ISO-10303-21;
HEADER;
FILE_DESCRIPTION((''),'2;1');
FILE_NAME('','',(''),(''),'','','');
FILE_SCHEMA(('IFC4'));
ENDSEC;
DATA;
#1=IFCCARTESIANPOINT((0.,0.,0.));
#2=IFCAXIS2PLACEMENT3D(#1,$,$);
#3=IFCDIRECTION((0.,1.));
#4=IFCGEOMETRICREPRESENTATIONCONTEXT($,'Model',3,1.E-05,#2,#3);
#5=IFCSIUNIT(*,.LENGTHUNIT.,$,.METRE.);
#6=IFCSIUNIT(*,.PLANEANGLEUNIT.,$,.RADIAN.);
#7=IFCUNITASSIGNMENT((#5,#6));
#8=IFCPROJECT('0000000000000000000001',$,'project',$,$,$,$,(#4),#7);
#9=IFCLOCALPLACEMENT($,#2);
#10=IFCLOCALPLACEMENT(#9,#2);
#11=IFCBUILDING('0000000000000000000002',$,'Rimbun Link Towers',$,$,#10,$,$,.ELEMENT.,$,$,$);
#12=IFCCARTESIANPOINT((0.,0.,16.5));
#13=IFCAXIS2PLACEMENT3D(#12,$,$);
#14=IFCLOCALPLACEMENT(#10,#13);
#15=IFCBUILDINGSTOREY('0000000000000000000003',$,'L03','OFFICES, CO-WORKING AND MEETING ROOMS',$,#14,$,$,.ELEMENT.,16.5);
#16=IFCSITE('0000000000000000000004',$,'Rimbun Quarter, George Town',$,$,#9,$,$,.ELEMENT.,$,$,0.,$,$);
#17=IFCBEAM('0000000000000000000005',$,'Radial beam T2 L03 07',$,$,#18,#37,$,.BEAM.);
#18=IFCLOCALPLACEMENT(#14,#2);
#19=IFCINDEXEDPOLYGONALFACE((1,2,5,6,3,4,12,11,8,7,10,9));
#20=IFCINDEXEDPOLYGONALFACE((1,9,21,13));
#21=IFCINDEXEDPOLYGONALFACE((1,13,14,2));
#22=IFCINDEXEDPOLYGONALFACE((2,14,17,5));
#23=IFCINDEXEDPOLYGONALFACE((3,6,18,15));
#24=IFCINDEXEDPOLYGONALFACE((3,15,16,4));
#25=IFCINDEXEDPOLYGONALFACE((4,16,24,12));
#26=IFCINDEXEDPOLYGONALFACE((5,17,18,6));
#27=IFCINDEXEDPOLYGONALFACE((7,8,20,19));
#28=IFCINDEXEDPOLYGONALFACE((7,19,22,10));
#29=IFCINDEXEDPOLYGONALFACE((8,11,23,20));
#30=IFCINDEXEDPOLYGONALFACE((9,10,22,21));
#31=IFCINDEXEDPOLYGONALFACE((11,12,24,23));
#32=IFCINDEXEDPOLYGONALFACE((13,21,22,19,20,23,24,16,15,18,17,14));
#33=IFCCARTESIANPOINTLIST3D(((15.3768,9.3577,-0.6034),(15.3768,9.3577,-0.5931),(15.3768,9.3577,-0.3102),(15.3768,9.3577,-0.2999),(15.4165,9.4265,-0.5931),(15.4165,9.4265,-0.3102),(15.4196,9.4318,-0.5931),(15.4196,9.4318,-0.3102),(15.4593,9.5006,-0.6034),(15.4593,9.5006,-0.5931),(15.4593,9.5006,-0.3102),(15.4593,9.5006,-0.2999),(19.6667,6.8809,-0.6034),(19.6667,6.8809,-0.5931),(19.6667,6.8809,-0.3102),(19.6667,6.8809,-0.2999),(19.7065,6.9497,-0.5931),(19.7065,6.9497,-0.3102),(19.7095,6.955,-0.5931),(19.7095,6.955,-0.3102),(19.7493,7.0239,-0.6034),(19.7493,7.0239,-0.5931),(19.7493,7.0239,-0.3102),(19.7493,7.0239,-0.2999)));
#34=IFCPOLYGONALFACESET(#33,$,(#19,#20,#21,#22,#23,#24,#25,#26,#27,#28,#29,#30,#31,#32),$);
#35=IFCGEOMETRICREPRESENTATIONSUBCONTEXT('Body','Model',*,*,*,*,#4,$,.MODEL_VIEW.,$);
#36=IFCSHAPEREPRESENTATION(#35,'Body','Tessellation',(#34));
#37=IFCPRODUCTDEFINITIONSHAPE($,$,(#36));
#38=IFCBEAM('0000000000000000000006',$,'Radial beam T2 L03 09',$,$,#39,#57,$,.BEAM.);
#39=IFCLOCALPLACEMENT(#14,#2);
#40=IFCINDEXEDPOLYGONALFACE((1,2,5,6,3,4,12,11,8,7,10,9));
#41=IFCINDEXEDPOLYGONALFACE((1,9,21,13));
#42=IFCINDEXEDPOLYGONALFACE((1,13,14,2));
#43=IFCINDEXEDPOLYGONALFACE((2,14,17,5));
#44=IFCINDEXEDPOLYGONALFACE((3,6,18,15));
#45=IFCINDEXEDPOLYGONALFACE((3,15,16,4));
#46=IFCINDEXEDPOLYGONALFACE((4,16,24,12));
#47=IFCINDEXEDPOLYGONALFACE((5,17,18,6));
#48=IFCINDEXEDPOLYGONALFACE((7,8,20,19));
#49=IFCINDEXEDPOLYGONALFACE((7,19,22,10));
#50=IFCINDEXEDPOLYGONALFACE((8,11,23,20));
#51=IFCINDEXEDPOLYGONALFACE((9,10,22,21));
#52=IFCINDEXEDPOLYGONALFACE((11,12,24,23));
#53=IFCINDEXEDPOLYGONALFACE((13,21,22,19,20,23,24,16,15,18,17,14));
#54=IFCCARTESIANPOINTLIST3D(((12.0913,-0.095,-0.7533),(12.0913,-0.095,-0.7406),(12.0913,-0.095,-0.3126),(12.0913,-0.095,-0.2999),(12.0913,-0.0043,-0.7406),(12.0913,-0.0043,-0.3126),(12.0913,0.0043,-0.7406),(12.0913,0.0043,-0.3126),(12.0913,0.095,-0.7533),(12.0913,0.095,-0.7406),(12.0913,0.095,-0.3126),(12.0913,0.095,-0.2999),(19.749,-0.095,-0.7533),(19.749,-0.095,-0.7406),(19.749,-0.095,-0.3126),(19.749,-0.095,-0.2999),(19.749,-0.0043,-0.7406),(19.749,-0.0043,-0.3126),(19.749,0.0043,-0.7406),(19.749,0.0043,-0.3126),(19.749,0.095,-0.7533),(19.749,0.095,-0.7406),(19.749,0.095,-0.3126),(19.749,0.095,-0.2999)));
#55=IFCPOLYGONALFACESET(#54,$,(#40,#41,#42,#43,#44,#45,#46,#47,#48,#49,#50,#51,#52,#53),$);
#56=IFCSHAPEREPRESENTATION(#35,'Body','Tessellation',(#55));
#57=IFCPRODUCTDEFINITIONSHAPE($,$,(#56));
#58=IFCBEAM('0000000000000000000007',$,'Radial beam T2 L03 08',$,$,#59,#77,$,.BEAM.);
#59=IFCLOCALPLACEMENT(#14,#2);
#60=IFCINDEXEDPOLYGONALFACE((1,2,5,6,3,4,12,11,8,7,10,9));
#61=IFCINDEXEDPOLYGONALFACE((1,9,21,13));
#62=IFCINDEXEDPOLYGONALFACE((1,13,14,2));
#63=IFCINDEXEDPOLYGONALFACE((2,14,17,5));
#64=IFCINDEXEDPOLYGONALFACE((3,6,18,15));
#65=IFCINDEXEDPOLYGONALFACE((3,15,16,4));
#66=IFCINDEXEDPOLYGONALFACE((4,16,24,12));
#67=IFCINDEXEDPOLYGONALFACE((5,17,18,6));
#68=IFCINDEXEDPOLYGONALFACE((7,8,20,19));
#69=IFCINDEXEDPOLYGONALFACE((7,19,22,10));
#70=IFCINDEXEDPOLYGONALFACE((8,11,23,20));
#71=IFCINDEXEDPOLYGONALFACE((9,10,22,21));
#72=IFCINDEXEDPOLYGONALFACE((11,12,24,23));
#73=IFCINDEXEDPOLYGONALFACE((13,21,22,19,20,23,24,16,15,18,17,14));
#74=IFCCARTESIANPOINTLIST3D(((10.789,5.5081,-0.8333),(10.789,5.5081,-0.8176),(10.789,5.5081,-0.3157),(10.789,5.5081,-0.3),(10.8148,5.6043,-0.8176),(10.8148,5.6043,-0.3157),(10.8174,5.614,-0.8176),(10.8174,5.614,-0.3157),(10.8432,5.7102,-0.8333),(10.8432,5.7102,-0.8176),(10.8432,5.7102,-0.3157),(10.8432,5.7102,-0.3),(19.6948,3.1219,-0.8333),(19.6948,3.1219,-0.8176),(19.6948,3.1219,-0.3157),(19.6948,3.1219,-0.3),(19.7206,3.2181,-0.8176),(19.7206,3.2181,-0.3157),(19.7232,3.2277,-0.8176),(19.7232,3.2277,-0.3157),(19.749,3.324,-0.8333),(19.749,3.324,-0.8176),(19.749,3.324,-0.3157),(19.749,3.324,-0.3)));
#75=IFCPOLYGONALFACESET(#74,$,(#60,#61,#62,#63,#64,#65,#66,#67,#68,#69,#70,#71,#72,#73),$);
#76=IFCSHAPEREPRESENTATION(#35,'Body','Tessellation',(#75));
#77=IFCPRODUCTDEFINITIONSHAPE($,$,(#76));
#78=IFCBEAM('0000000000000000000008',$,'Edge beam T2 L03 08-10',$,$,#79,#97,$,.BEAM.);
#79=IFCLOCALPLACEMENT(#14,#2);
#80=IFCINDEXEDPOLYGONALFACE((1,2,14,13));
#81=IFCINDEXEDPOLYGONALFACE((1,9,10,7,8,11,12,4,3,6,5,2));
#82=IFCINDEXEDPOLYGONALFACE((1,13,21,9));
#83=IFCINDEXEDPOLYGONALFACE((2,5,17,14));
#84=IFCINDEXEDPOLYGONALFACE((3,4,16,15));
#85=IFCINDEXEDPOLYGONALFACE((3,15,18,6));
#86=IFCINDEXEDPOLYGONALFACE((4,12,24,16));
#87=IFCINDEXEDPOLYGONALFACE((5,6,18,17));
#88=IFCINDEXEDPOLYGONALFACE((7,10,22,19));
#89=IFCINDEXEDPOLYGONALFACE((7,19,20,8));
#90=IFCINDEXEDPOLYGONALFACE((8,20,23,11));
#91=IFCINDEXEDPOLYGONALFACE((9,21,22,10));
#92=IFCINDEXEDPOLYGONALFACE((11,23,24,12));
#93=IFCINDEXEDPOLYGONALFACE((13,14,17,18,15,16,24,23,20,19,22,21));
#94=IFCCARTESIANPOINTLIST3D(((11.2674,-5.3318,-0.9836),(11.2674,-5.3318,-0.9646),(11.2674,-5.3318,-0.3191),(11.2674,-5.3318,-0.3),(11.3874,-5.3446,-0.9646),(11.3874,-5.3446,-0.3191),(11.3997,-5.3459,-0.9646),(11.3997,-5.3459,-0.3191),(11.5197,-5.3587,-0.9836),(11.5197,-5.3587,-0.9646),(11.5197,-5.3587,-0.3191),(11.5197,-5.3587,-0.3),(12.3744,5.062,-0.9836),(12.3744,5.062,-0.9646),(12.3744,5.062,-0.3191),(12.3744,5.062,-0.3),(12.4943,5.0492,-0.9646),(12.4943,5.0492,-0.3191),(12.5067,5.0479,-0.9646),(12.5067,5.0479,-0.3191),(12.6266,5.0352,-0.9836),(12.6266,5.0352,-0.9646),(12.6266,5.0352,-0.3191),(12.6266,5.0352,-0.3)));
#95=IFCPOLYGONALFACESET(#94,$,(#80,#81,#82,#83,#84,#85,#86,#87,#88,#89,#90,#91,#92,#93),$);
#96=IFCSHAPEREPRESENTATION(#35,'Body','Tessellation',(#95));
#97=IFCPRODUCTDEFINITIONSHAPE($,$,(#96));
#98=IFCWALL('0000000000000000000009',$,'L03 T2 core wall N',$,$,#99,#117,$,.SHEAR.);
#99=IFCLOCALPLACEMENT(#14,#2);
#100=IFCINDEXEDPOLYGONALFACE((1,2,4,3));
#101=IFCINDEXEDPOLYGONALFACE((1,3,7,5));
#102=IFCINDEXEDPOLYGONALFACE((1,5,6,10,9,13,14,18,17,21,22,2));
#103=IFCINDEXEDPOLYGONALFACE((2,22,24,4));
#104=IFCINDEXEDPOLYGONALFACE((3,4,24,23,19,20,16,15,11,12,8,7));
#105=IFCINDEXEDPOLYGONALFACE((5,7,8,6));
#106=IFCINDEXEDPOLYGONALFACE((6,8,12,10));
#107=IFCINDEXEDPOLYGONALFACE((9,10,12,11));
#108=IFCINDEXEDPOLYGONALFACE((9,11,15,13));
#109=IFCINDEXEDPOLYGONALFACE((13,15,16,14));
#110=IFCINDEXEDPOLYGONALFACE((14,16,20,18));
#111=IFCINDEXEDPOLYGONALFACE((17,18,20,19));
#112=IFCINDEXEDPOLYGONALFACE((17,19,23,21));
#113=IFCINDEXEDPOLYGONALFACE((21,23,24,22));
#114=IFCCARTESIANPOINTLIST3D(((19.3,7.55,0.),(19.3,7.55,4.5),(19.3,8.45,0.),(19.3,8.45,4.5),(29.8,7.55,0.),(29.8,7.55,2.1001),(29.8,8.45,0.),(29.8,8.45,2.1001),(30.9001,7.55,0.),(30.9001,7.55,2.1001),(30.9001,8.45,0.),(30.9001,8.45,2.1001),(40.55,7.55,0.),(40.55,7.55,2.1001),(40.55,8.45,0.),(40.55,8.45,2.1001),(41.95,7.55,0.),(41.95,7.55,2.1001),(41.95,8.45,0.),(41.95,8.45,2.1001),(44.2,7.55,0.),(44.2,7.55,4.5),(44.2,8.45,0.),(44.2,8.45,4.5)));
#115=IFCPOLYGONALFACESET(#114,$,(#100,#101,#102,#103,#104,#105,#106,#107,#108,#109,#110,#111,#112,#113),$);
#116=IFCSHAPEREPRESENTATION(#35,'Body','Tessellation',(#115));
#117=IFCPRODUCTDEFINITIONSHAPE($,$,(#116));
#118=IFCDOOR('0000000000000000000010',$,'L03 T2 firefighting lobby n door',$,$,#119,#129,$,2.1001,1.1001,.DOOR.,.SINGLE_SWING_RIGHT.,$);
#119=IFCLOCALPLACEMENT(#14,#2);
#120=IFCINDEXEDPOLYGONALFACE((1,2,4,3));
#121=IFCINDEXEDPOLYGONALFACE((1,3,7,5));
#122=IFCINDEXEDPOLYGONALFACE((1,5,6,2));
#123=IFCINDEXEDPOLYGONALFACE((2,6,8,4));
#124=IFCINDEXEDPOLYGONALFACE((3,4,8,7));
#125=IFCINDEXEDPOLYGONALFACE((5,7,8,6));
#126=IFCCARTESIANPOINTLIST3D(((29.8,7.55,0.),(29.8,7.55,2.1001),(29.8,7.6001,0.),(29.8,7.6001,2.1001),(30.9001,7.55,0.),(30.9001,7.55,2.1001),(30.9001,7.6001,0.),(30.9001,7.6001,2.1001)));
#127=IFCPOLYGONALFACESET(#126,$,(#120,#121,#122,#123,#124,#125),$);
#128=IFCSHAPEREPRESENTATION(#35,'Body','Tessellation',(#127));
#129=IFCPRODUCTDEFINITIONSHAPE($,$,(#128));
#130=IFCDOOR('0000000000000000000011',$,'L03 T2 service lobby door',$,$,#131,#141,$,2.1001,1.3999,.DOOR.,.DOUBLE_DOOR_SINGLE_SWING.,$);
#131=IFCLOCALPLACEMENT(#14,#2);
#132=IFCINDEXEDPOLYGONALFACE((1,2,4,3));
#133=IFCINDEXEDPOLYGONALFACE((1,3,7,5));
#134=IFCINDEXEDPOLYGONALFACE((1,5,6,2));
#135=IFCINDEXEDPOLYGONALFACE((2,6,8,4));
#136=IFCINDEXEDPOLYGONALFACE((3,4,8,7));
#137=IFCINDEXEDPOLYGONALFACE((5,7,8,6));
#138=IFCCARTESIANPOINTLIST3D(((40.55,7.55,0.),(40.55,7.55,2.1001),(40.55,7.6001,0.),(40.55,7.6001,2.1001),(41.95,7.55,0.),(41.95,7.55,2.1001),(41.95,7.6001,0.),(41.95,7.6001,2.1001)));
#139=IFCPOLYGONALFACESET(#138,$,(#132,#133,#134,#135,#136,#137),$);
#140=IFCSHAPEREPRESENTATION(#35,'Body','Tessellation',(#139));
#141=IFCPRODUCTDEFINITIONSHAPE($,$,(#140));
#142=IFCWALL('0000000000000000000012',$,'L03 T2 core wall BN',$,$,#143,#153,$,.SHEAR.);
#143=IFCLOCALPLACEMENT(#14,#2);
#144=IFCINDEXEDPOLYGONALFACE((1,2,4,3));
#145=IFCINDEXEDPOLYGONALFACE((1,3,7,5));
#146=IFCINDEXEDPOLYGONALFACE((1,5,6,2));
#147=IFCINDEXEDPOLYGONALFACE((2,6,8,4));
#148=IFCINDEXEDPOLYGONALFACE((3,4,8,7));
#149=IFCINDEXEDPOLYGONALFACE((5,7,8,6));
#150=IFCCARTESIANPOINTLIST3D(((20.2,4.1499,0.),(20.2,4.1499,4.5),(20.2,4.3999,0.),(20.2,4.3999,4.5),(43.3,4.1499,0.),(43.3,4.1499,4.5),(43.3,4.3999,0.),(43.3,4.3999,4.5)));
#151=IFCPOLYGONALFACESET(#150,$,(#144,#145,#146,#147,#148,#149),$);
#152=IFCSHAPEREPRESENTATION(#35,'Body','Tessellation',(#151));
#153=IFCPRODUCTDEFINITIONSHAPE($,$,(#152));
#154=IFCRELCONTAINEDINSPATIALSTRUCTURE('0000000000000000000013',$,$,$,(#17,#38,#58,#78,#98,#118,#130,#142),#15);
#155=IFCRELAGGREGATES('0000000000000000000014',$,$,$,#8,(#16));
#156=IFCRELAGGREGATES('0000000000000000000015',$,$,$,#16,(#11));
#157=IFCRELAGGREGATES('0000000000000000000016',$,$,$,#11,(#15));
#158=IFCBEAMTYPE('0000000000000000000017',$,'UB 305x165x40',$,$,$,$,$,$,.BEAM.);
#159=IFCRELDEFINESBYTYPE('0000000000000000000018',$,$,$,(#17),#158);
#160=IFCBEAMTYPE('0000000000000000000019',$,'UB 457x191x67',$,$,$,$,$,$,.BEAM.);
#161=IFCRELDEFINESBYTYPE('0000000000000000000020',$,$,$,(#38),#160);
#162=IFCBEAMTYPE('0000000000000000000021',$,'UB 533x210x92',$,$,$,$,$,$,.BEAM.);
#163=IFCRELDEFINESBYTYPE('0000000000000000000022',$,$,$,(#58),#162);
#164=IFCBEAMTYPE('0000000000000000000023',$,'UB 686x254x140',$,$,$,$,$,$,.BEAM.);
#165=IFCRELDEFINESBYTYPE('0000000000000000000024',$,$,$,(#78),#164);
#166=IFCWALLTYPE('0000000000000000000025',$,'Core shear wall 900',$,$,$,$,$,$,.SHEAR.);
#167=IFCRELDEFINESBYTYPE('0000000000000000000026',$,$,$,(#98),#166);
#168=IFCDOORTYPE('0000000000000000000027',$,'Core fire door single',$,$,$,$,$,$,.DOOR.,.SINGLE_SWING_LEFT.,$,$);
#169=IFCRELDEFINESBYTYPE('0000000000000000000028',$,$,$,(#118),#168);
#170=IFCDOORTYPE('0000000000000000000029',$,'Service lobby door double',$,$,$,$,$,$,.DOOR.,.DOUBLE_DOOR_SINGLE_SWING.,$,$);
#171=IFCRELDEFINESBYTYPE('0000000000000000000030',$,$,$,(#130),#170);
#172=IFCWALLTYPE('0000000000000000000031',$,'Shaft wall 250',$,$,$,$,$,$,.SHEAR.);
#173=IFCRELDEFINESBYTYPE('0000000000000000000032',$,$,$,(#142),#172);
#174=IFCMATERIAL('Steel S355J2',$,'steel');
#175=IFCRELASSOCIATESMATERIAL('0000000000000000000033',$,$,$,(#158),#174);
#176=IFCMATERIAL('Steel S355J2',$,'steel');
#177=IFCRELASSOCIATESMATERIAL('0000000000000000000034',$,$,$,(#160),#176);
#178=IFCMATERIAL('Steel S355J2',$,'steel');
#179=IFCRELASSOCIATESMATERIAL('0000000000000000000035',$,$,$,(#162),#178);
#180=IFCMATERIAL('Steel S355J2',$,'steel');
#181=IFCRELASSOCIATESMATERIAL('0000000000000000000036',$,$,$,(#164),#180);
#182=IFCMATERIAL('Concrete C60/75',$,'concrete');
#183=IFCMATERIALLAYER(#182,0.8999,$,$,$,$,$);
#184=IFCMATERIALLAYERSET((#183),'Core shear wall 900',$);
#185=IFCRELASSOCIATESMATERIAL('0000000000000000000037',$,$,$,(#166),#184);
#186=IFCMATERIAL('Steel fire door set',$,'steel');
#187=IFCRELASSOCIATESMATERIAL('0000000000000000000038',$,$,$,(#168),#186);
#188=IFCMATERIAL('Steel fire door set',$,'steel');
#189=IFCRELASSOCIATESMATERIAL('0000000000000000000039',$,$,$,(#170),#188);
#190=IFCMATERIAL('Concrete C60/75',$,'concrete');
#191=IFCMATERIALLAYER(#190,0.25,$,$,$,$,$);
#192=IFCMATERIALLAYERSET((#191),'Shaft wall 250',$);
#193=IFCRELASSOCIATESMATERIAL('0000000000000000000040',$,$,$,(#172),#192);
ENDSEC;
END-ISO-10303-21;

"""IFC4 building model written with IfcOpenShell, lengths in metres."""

from ifc_helpers import new_model, si_unit, direction, frame, frame_2d, origin, origin_2d, place, context, subcontext, project, spatial, rectangle, i_section, extrude, material, layer, layer_set, material_profile, profile_set, type_object, element, fill, save


model = new_model("IFC4")

# Units and contexts
model_context = context("Model", 3, precision=1e-05, world=origin(), true_north=direction((0.0, 1.0)))
body_context = subcontext(model_context, "Body", "Model", "MODEL_VIEW")
ifc_project = project(units=[si_unit("LENGTHUNIT", "METRE"), si_unit("PLANEANGLEUNIT", "RADIAN")], contexts=[model_context])

# Site, building, storey
site_placement = place(None, origin())
site = spatial("IfcSite", under=ifc_project, at=site_placement, Name="Rimbun Quarter, George Town", CompositionType="ELEMENT", RefElevation=0.0)
building_placement = place(site_placement, origin())
building = spatial("IfcBuilding", under=site, at=building_placement, Name="Rimbun Link Towers", CompositionType="ELEMENT")
storey_placement = place(building_placement, frame((0.0, 0.0, 16.5)))
storey = spatial("IfcBuildingStorey", under=building, at=storey_placement, Name="L03", Description="OFFICES, CO-WORKING AND MEETING ROOMS", CompositionType="ELEMENT", Elevation=16.5)

# Beams
ifc_material_1 = material(Name="Steel S355J2", Category="steel")
ifc_material_profile_1 = material_profile(ifc_material_1, i_section(OverallWidth=0.165, OverallDepth=0.3035, WebThickness=0.0061, FlangeThickness=0.0103, at=origin_2d()), Name="UB 305x165x40")
ifc_profile_set_1 = profile_set([ifc_material_profile_1], Name="Steel S355J2")
beam_type_1 = type_object("IfcBeamType", Name="UB 305x165x40", PredefinedType="BEAM", material=ifc_profile_set_1)
beam_1_placement = place(storey_placement, frame((19.708, 6.9524, -0.4517), z_axis=(-0.86603, 0.499993, 0.0), x_axis=(-0.499993, -0.86603, 0.0)))
element("IfcBeam", 1, at=beam_1_placement, inside=storey, type_object=beam_type_1, Name="Radial beam T2 L03 07", PredefinedType="BEAM", context=body_context, shape_type="SweptSolid", body=[
    extrude(i_section(OverallWidth=0.165, OverallDepth=0.3035, WebThickness=0.0061, FlangeThickness=0.0103, at=origin_2d()), origin(), (0.0, 0.0, 1.0), 4.9536),
])
ifc_material_2 = material(Name="Steel S355J2", Category="steel")
ifc_material_profile_2 = material_profile(ifc_material_2, i_section(OverallWidth=0.1899, OverallDepth=0.4534, WebThickness=0.0085, FlangeThickness=0.0127, at=origin_2d()), Name="UB 457x191x67")
ifc_profile_set_2 = profile_set([ifc_material_profile_2], Name="Steel S355J2")
beam_type_2 = type_object("IfcBeamType", Name="UB 457x191x67", PredefinedType="BEAM", material=ifc_profile_set_2)
beam_2_placement = place(storey_placement, frame((19.749, 0.0, -0.5266), z_axis=(-1.0, 0.0, 0.0), x_axis=(0.0, -1.0, 0.0)))
element("IfcBeam", 2, at=beam_2_placement, inside=storey, type_object=beam_type_2, Name="Radial beam T2 L03 09", PredefinedType="BEAM", context=body_context, shape_type="SweptSolid", body=[
    extrude(i_section(OverallWidth=0.1899, OverallDepth=0.4534, WebThickness=0.0085, FlangeThickness=0.0127, at=origin_2d()), origin(), (0.0, 0.0, 1.0), 7.6577),
])
ifc_material_3 = material(Name="Steel S355J2", Category="steel")
ifc_material_profile_3 = material_profile(ifc_material_3, i_section(OverallWidth=0.2092, OverallDepth=0.5332, WebThickness=0.01, FlangeThickness=0.0156, at=origin_2d()), Name="UB 533x210x92")
ifc_profile_set_3 = profile_set([ifc_material_profile_3], Name="Steel S355J2")
beam_type_3 = type_object("IfcBeamType", Name="UB 533x210x92", PredefinedType="BEAM", material=ifc_profile_set_3)
beam_3_placement = place(storey_placement, frame((19.7219, 3.2229, -0.5667), z_axis=(-0.965927, 0.258813, 0.0), x_axis=(-0.258813, -0.965927, 0.0)))
element("IfcBeam", 3, at=beam_3_placement, inside=storey, type_object=beam_type_3, Name="Radial beam T2 L03 08", PredefinedType="BEAM", context=body_context, shape_type="SweptSolid", body=[
    extrude(i_section(OverallWidth=0.2092, OverallDepth=0.5332, WebThickness=0.01, FlangeThickness=0.0156, at=origin_2d()), origin(), (0.0, 0.0, 1.0), 9.22),
])
ifc_material_4 = material(Name="Steel S355J2", Category="steel")
ifc_material_profile_4 = material_profile(ifc_material_4, i_section(OverallWidth=0.2537, OverallDepth=0.6836, WebThickness=0.0125, FlangeThickness=0.019, at=origin_2d()), Name="UB 686x254x140")
ifc_profile_set_4 = profile_set([ifc_material_profile_4], Name="Steel S355J2")
beam_type_4 = type_object("IfcBeamType", Name="UB 686x254x140", PredefinedType="BEAM", material=ifc_profile_set_4)
beam_4_placement = place(storey_placement, frame((12.5005, 5.0486, -0.6418), z_axis=(-0.105901, -0.994377, 0.0), x_axis=(0.994377, -0.105901, 0.0)))
element("IfcBeam", 4, at=beam_4_placement, inside=storey, type_object=beam_type_4, Name="Edge beam T2 L03 08-10", PredefinedType="BEAM", context=body_context, shape_type="SweptSolid", body=[
    extrude(i_section(OverallWidth=0.2537, OverallDepth=0.6836, WebThickness=0.0125, FlangeThickness=0.019, at=origin_2d()), origin(), (0.0, 0.0, 1.0), 10.4526),
])

# Wall, openings, doors
ifc_material_5 = material(Name="Concrete C60/75", Category="concrete")
ifc_layer_1 = layer(ifc_material_5, 0.8999)
ifc_layer_set_1 = layer_set([ifc_layer_1], Name="Core shear wall 900")
wall_type_1 = type_object("IfcWallType", Name="Core shear wall 900", PredefinedType="SHEAR", material=ifc_layer_set_1)
wall_1_placement = place(storey_placement, frame((19.3, 8.0, 0.0), z_axis=(0.0, 0.0, 1.0), x_axis=(1.0, 0.0, 0.0)))
wall_1 = element("IfcWall", 5, at=wall_1_placement, inside=storey, type_object=wall_type_1, Name="L03 T2 core wall N", PredefinedType="SHEAR", context=body_context, shape_type="SweptSolid", body=[
    extrude(rectangle(XDim=24.8999, YDim=0.8999, at=frame_2d((12.45, 0.0))), origin(), (0.0, 0.0, 1.0), 4.5),
])
opening_1_placement = place(wall_1_placement, frame((10.5, 0.0, 0.0)))
opening_1 = element("IfcOpeningElement", 6, at=opening_1_placement, cuts=wall_1, PredefinedType="OPENING", context=body_context, shape_type="SweptSolid", body=[
    extrude(rectangle(XDim=1.1001, YDim=2.1001, at=frame_2d((0.55, 1.05))), frame((0.0, 0.46, 0.0), z_axis=(0.0, -1.0, 0.0), x_axis=(1.0, 0.0, 0.0)), (0.0, 0.0, 1.0), 0.9199),
])
opening_2_placement = place(wall_1_placement, frame((21.25, 0.0, 0.0)))
opening_2 = element("IfcOpeningElement", 7, at=opening_2_placement, cuts=wall_1, PredefinedType="OPENING", context=body_context, shape_type="SweptSolid", body=[
    extrude(rectangle(XDim=1.3999, YDim=2.1001, at=frame_2d((0.7, 1.05))), frame((0.0, 0.46, 0.0), z_axis=(0.0, -1.0, 0.0), x_axis=(1.0, 0.0, 0.0)), (0.0, 0.0, 1.0), 0.9199),
])
ifc_material_6 = material(Name="Steel fire door set", Category="steel")
door_type_1 = type_object("IfcDoorType", Name="Core fire door single", OperationType="SINGLE_SWING_LEFT", PredefinedType="DOOR", material=ifc_material_6)
door_1_placement = place(opening_1_placement, origin())
door_1 = element("IfcDoor", 8, at=door_1_placement, inside=storey, type_object=door_type_1, Name="L03 T2 firefighting lobby n door", OperationType="SINGLE_SWING_RIGHT", OverallHeight=2.1001, OverallWidth=1.1001, PredefinedType="DOOR", context=body_context, shape_type="SweptSolid", body=[
    extrude(rectangle(XDim=1.1001, YDim=2.1001, at=frame_2d((0.55, 1.05))), frame((0.0, -0.3999, 0.0), z_axis=(0.0, -1.0, 0.0), x_axis=(1.0, 0.0, 0.0)), (0.0, 0.0, 1.0), 0.05),
])
fill(opening_1, door_1)
ifc_material_7 = material(Name="Steel fire door set", Category="steel")
door_type_2 = type_object("IfcDoorType", Name="Service lobby door double", OperationType="DOUBLE_DOOR_SINGLE_SWING", PredefinedType="DOOR", material=ifc_material_7)
door_2_placement = place(opening_2_placement, origin())
door_2 = element("IfcDoor", 9, at=door_2_placement, inside=storey, type_object=door_type_2, Name="L03 T2 service lobby door", OperationType="DOUBLE_DOOR_SINGLE_SWING", OverallHeight=2.1001, OverallWidth=1.3999, PredefinedType="DOOR", context=body_context, shape_type="SweptSolid", body=[
    extrude(rectangle(XDim=1.3999, YDim=2.1001, at=frame_2d((0.7, 1.05))), frame((0.0, -0.3999, 0.0), z_axis=(0.0, -1.0, 0.0), x_axis=(1.0, 0.0, 0.0)), (0.0, 0.0, 1.0), 0.05),
])
fill(opening_2, door_2)

# Wall
ifc_material_8 = material(Name="Concrete C60/75", Category="concrete")
ifc_layer_2 = layer(ifc_material_8, 0.25)
ifc_layer_set_2 = layer_set([ifc_layer_2], Name="Shaft wall 250")
wall_type_2 = type_object("IfcWallType", Name="Shaft wall 250", PredefinedType="SHEAR", material=ifc_layer_set_2)
wall_2_placement = place(storey_placement, frame((20.2, 4.2749, 0.0), z_axis=(0.0, 0.0, 1.0), x_axis=(1.0, 0.0, 0.0)))
element("IfcWall", 10, at=wall_2_placement, inside=storey, type_object=wall_type_2, Name="L03 T2 core wall BN", PredefinedType="SHEAR", context=body_context, shape_type="SweptSolid", body=[
    extrude(rectangle(XDim=23.1001, YDim=0.25, at=frame_2d((11.55, 0.0))), origin(), (0.0, 0.0, 1.0), 4.5),
])

save(model, "model.ifc")
